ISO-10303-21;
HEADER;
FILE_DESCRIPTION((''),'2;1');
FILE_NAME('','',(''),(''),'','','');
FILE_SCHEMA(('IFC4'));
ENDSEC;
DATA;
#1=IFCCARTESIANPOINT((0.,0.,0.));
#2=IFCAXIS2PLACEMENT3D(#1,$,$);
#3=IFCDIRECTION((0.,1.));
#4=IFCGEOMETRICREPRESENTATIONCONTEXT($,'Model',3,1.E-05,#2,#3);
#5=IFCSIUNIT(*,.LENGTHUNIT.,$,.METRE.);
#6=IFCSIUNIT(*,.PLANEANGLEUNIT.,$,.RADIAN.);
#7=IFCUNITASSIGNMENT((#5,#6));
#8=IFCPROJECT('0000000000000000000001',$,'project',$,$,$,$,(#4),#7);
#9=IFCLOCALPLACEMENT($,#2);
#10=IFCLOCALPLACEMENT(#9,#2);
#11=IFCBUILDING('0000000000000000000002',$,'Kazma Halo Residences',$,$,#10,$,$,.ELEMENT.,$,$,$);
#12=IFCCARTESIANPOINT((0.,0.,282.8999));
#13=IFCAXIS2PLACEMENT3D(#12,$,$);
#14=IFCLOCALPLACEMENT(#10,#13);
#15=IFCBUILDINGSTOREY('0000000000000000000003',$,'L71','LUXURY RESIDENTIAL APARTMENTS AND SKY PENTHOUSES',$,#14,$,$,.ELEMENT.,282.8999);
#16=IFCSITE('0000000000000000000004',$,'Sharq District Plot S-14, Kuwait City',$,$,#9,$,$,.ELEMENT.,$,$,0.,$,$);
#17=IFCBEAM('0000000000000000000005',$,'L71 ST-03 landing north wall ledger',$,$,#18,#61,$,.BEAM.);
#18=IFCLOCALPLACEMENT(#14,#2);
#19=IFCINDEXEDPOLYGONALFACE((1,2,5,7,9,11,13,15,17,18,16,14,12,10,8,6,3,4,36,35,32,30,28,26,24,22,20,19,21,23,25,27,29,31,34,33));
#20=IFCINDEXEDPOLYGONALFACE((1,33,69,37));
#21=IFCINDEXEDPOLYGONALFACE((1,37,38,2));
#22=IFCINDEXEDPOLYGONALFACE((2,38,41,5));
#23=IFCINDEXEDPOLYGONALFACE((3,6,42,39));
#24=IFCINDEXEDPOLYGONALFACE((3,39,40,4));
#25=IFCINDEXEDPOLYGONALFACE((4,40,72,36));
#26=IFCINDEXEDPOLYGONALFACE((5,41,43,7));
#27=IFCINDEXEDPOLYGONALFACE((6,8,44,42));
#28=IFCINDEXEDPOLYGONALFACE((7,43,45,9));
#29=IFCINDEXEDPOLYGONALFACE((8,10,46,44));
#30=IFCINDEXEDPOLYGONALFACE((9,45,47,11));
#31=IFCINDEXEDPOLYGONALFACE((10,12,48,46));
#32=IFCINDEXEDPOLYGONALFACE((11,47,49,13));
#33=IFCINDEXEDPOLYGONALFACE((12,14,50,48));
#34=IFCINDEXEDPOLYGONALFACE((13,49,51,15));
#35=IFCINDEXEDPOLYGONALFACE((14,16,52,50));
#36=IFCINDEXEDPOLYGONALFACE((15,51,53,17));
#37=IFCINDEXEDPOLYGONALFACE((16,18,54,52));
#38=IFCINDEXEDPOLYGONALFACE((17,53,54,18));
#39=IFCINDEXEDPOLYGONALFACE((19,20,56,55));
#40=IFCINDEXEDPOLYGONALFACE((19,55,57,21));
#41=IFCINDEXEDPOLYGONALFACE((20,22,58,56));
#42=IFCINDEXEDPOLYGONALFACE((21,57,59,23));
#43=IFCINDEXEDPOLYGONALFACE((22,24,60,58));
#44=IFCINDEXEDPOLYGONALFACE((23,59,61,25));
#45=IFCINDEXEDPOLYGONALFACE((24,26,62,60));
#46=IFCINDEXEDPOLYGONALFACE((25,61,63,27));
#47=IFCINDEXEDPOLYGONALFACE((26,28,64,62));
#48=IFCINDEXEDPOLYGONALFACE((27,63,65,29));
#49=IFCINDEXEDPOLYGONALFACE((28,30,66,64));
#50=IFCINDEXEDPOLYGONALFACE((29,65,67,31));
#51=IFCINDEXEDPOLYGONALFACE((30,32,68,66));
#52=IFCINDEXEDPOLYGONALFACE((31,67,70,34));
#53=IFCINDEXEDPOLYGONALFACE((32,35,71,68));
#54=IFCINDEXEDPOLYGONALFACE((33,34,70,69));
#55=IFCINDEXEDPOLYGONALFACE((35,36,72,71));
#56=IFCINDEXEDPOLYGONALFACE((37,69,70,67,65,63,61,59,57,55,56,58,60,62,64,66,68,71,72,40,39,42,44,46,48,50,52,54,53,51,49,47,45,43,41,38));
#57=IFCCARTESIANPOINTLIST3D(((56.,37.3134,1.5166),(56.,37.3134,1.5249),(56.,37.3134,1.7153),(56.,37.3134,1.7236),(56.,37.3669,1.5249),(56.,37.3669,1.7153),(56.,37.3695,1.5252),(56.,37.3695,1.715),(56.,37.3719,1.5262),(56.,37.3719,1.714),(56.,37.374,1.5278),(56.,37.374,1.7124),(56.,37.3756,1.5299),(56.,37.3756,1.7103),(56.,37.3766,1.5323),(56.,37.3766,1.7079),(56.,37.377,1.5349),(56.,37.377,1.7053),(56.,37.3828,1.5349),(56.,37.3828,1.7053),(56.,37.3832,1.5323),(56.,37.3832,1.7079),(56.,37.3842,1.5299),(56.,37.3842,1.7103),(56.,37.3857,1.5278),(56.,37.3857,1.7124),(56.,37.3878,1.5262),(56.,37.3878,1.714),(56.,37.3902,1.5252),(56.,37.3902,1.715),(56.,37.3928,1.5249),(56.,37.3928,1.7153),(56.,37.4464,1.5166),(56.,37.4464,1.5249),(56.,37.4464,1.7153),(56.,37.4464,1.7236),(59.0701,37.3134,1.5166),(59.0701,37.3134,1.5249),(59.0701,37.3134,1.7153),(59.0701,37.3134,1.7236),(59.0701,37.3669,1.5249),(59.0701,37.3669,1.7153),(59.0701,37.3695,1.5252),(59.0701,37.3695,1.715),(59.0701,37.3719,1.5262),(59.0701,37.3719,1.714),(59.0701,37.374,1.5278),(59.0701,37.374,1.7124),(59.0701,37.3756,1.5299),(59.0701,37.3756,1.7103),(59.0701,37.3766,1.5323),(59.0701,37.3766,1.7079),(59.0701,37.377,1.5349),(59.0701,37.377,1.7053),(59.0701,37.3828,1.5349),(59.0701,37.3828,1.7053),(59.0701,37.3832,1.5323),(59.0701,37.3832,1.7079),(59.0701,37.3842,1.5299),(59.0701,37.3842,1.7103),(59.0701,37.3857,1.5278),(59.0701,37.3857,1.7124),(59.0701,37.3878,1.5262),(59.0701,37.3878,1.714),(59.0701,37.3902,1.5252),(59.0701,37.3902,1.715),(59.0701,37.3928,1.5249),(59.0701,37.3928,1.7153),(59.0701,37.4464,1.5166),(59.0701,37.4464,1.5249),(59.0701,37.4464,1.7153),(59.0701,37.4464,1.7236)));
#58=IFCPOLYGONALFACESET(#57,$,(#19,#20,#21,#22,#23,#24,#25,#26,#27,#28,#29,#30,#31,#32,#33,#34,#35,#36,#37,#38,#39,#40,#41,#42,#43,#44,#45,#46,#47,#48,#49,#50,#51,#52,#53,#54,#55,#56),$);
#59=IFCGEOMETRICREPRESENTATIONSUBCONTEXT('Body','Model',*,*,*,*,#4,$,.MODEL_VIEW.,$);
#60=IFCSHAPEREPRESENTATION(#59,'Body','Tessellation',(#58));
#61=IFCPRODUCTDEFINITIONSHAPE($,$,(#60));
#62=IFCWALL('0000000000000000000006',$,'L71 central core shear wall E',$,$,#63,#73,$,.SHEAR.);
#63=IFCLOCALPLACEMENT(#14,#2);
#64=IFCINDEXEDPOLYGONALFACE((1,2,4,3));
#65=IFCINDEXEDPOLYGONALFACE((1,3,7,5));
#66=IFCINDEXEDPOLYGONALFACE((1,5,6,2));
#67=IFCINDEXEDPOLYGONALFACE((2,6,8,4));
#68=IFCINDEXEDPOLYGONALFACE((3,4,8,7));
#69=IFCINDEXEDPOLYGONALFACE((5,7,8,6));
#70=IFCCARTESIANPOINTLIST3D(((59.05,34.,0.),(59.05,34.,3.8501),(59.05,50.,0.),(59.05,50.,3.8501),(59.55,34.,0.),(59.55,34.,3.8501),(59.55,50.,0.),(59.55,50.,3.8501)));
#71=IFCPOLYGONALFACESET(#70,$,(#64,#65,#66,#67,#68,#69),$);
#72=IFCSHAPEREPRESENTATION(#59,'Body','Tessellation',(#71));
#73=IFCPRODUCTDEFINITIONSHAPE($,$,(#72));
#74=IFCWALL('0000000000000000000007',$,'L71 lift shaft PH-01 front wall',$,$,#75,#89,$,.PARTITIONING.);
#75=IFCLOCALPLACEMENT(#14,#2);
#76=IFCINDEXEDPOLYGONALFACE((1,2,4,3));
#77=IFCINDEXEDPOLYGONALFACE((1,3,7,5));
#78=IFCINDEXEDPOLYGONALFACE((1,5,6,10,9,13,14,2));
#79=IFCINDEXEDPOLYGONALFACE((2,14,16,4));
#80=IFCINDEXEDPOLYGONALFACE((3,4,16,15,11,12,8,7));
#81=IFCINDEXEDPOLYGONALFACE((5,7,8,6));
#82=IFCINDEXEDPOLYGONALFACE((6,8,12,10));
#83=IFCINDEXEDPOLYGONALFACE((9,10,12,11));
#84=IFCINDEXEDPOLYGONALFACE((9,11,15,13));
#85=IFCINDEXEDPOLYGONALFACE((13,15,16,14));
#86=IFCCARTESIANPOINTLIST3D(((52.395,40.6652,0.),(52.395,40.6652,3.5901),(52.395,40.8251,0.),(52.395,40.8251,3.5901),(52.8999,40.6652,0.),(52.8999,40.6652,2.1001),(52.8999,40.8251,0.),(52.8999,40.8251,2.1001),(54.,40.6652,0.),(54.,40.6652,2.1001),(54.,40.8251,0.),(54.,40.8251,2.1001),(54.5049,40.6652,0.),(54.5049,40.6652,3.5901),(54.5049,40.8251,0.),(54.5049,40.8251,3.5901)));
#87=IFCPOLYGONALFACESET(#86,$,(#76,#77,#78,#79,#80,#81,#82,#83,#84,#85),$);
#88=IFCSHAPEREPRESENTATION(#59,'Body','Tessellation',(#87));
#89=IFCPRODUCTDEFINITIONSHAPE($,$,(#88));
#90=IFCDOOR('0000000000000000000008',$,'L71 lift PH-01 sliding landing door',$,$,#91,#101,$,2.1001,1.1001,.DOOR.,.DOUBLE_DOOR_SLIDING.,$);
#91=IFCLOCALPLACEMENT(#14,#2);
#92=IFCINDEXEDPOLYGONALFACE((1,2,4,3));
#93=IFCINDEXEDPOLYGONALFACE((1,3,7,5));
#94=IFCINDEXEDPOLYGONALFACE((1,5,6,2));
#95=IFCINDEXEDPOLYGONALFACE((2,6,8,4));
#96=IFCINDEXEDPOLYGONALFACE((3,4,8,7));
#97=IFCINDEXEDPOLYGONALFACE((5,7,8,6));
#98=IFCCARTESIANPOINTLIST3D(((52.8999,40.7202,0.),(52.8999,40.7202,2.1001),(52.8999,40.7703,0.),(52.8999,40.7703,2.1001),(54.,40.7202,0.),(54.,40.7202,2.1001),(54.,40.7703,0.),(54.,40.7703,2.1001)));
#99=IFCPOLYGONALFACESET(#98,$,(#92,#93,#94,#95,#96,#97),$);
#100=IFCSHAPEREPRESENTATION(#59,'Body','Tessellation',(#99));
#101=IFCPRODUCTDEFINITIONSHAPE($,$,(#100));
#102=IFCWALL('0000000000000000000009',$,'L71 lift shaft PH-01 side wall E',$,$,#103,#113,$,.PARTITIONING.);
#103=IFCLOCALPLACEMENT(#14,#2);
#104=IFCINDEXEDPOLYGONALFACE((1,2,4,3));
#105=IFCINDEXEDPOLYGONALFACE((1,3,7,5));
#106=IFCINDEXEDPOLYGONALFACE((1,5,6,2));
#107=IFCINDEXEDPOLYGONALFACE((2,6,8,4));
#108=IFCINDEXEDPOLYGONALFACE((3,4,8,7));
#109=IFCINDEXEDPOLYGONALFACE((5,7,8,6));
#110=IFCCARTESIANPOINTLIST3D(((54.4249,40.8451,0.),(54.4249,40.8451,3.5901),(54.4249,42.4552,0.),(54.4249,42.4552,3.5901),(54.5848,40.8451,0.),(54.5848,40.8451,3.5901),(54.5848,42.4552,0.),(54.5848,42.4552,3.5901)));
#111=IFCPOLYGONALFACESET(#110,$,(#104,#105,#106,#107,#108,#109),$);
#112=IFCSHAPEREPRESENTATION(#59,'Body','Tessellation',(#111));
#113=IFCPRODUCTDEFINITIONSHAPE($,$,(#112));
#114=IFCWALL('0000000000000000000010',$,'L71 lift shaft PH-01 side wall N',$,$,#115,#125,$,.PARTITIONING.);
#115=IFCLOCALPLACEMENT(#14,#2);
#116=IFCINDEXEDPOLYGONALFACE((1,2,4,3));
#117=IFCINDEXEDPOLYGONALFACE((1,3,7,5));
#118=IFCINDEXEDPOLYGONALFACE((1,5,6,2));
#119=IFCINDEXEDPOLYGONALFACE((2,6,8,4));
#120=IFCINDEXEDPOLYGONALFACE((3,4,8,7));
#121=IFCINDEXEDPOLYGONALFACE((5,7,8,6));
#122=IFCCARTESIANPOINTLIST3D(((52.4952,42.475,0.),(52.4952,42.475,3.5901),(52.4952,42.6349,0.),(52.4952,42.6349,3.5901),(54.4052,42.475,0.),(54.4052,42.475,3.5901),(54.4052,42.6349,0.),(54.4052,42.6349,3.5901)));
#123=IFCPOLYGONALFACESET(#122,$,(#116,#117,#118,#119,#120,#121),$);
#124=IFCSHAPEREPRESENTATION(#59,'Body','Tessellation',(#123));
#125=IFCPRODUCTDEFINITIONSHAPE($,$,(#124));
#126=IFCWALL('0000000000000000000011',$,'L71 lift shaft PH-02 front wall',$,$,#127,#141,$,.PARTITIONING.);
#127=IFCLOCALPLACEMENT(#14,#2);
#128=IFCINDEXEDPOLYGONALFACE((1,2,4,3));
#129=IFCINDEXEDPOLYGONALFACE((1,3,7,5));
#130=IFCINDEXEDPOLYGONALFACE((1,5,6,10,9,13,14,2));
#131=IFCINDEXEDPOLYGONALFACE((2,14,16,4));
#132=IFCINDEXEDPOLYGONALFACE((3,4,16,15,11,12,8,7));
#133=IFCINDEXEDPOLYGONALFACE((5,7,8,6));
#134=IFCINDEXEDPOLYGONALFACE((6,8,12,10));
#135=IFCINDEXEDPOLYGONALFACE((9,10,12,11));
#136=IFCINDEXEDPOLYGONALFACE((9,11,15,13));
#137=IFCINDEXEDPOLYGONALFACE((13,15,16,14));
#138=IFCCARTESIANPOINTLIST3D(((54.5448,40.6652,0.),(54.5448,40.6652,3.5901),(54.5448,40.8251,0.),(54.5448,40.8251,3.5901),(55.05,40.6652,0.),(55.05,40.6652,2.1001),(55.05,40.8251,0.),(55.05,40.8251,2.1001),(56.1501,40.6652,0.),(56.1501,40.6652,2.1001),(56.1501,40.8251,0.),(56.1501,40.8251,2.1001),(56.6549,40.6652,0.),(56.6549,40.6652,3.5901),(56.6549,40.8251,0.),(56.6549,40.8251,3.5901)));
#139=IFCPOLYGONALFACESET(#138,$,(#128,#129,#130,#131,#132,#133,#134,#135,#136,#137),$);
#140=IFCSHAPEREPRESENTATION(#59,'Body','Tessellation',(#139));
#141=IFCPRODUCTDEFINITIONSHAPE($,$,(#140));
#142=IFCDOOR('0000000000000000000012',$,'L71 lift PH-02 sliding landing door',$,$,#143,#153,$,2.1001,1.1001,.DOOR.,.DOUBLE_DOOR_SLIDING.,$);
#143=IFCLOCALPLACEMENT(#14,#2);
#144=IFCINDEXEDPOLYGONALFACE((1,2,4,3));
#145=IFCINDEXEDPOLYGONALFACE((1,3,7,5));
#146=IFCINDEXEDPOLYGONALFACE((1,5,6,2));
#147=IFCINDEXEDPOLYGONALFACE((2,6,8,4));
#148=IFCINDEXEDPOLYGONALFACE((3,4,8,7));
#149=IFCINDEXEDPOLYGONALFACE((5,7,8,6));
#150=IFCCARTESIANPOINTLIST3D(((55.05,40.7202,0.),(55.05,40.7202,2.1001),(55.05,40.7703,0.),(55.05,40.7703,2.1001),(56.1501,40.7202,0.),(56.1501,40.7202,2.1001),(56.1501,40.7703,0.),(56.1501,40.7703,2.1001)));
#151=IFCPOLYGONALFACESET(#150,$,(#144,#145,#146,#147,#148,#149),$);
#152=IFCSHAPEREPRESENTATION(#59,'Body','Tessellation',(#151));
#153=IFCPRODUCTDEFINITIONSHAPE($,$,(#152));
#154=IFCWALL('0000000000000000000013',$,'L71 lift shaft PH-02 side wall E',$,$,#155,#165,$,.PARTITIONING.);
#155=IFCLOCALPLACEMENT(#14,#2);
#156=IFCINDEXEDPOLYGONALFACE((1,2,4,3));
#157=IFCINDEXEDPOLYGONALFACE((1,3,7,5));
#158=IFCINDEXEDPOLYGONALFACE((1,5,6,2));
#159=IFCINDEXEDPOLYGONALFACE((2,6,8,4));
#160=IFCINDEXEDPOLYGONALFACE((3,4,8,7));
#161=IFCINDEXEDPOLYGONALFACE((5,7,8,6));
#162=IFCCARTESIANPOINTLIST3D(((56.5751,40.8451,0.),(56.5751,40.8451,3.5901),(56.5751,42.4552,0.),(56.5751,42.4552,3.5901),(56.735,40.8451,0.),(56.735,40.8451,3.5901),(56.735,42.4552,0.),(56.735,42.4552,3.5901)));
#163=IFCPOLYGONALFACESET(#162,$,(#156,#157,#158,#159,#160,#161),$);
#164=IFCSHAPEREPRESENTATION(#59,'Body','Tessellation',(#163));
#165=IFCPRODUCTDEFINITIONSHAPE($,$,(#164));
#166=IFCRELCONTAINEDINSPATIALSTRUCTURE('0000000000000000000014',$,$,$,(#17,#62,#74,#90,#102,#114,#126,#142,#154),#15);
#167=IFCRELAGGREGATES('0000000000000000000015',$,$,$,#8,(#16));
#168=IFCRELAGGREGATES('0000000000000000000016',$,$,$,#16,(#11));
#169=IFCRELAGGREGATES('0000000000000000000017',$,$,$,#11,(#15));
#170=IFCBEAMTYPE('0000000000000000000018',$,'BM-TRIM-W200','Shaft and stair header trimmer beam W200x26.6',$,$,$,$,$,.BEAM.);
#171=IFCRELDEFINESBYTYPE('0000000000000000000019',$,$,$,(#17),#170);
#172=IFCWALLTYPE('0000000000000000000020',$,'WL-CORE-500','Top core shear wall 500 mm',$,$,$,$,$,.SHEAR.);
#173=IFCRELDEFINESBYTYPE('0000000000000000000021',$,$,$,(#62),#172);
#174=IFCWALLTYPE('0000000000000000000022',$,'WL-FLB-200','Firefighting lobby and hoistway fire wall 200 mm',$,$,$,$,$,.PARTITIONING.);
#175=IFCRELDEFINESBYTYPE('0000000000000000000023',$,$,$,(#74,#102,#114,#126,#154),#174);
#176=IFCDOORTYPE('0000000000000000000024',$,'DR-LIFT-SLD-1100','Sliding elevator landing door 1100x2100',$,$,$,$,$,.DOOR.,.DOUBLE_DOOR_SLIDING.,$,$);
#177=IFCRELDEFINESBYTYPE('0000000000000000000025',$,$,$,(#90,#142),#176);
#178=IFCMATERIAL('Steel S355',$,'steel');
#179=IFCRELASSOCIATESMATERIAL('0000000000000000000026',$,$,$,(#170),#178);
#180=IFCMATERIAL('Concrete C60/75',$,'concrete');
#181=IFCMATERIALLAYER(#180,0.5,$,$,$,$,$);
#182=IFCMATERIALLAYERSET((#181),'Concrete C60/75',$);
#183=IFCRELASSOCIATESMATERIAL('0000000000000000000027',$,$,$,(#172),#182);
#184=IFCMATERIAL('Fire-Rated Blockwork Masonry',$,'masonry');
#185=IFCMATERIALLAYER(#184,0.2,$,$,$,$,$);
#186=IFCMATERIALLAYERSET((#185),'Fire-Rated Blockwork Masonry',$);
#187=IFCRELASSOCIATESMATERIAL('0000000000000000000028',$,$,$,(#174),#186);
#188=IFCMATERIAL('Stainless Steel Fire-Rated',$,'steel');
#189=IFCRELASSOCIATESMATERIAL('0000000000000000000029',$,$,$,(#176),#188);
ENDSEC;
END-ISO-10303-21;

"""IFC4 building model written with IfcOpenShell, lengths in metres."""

from ifc_helpers import new_model, si_unit, direction, frame, frame_2d, origin, origin_2d, place, context, subcontext, project, spatial, rectangle, i_section, extrude, material, layer, layer_set, material_profile, profile_set, type_object, element, fill, save


model = new_model("IFC4")

# Units and contexts
model_context = context("Model", 3, precision=1e-05, world=origin(), true_north=direction((0.0, 1.0)))
body_context = subcontext(model_context, "Body", "Model", "MODEL_VIEW")
ifc_project = project(units=[si_unit("LENGTHUNIT", "METRE"), si_unit("PLANEANGLEUNIT", "RADIAN")], contexts=[model_context])

# Site, building, storey
site_placement = place(None, origin())
site = spatial("IfcSite", under=ifc_project, at=site_placement, Name="Sharq District Plot S-14, Kuwait City", CompositionType="ELEMENT", RefElevation=0.0)
building_placement = place(site_placement, origin())
building = spatial("IfcBuilding", under=site, at=building_placement, Name="Kazma Halo Residences", CompositionType="ELEMENT")
storey_placement = place(building_placement, frame((0.0, 0.0, 282.8999)))
storey = spatial("IfcBuildingStorey", under=building, at=storey_placement, Name="L71", Description="LUXURY RESIDENTIAL APARTMENTS AND SKY PENTHOUSES", CompositionType="ELEMENT", Elevation=282.8999)

# Shared definitions
ifc_material_1 = material(Name="Steel S355", Category="steel")

# Beam
ifc_material_profile_1 = material_profile(ifc_material_1, i_section(OverallWidth=0.1331, OverallDepth=0.207, WebThickness=0.0059, FlangeThickness=0.0083, FilletRadius=0.01, at=origin_2d()), Name="W200x26.6")
ifc_profile_set_1 = profile_set([ifc_material_profile_1], Name="Steel S355")
beam_type_1 = type_object("IfcBeamType", Name="BM-TRIM-W200", Description="Shaft and stair header trimmer beam W200x26.6", PredefinedType="BEAM", material=ifc_profile_set_1)
beam_1_placement = place(storey_placement, frame((56.0, 37.3799, 1.6201), z_axis=(1.0, 0.0, 0.0), x_axis=(0.0, 1.0, 0.0)))
element("IfcBeam", 1, at=beam_1_placement, inside=storey, type_object=beam_type_1, Name="L71 ST-03 landing north wall ledger", PredefinedType="BEAM", context=body_context, shape_type="SweptSolid", body=[
    extrude(i_section(OverallWidth=0.1331, OverallDepth=0.207, WebThickness=0.0059, FlangeThickness=0.0083, FilletRadius=0.01, at=origin_2d()), origin(), (0.0, 0.0, 1.0), 3.0701),
])

# Wall
ifc_material_2 = material(Name="Concrete C60/75", Category="concrete")
ifc_layer_1 = layer(ifc_material_2, 0.5)
ifc_layer_set_1 = layer_set([ifc_layer_1], Name="Concrete C60/75")
wall_type_1 = type_object("IfcWallType", Name="WL-CORE-500", Description="Top core shear wall 500 mm", PredefinedType="SHEAR", material=ifc_layer_set_1)
wall_1_placement = place(storey_placement, frame((59.3, 34.0, 0.0), z_axis=(0.0, 0.0, 1.0), x_axis=(0.0, 1.0, 0.0)))
element("IfcWall", 2, at=wall_1_placement, inside=storey, type_object=wall_type_1, Name="L71 central core shear wall E", PredefinedType="SHEAR", context=body_context, shape_type="SweptSolid", body=[
    extrude(rectangle(XDim=16.0, YDim=0.5, at=frame_2d((8.0, 0.0))), origin(), (0.0, 0.0, 1.0), 3.8501),
])

# Wall, opening, door
ifc_material_3 = material(Name="Fire-Rated Blockwork Masonry", Category="masonry")
ifc_layer_2 = layer(ifc_material_3, 0.2)
ifc_layer_set_2 = layer_set([ifc_layer_2], Name="Fire-Rated Blockwork Masonry")
wall_type_2 = type_object("IfcWallType", Name="WL-FLB-200", Description="Firefighting lobby and hoistway fire wall 200 mm", PredefinedType="PARTITIONING", material=ifc_layer_set_2)
wall_2_placement = place(storey_placement, frame((54.5049, 40.7451, 0.0), z_axis=(0.0, 0.0, 1.0), x_axis=(-1.0, 0.0, 0.0)))
wall_2 = element("IfcWall", 3, at=wall_2_placement, inside=storey, type_object=wall_type_2, Name="L71 lift shaft PH-01 front wall", PredefinedType="PARTITIONING", context=body_context, shape_type="SweptSolid", body=[
    extrude(rectangle(XDim=2.1099, YDim=0.1599, at=frame_2d((1.0549, 0.0))), origin(), (0.0, 0.0, 1.0), 3.5901),
])
opening_1_placement = place(wall_2_placement, frame((0.5049, 0.0, 0.0)))
opening_1 = element("IfcOpeningElement", 4, at=opening_1_placement, cuts=wall_2, PredefinedType="OPENING", context=body_context, shape_type="SweptSolid", body=[
    extrude(rectangle(XDim=1.1001, YDim=2.1001, at=frame_2d((0.55, 1.05))), frame((0.0, 0.0898, 0.0), z_axis=(0.0, -1.0, 0.0), x_axis=(1.0, 0.0, 0.0)), (0.0, 0.0, 1.0), 0.1799),
])
ifc_material_4 = material(Name="Stainless Steel Fire-Rated", Category="steel")
door_type_1 = type_object("IfcDoorType", Name="DR-LIFT-SLD-1100", Description="Sliding elevator landing door 1100x2100", OperationType="DOUBLE_DOOR_SLIDING", PredefinedType="DOOR", material=ifc_material_4)
door_1_placement = place(opening_1_placement, origin())
door_1 = element("IfcDoor", 5, at=door_1_placement, inside=storey, type_object=door_type_1, Name="L71 lift PH-01 sliding landing door", OperationType="DOUBLE_DOOR_SLIDING", OverallHeight=2.1001, OverallWidth=1.1001, PredefinedType="DOOR", context=body_context, shape_type="SweptSolid", body=[
    extrude(rectangle(XDim=1.1001, YDim=2.1001, at=frame_2d((0.55, 1.05))), frame((0.0, 0.0249, 0.0), z_axis=(0.0, -1.0, 0.0), x_axis=(1.0, 0.0, 0.0)), (0.0, 0.0, 1.0), 0.05),
])
fill(opening_1, door_1)

# Walls
wall_3_placement = place(storey_placement, frame((54.5049, 40.845, 0.0), z_axis=(0.0, 0.0, 1.0), x_axis=(0.0, 1.0, 0.0)))
element("IfcWall", 6, at=wall_3_placement, inside=storey, type_object=wall_type_2, Name="L71 lift shaft PH-01 side wall E", PredefinedType="PARTITIONING", context=body_context, shape_type="SweptSolid", body=[
    extrude(rectangle(XDim=1.6101, YDim=0.1599, at=frame_2d((0.8052, 0.0))), origin(), (0.0, 0.0, 1.0), 3.5901),
])
wall_4_placement = place(storey_placement, frame((52.4951, 42.5549, 0.0), z_axis=(0.0, 0.0, 1.0), x_axis=(1.0, 0.0, 0.0)))
element("IfcWall", 7, at=wall_4_placement, inside=storey, type_object=wall_type_2, Name="L71 lift shaft PH-01 side wall N", PredefinedType="PARTITIONING", context=body_context, shape_type="SweptSolid", body=[
    extrude(rectangle(XDim=1.9099, YDim=0.1599, at=frame_2d((0.9551, 0.0))), origin(), (0.0, 0.0, 1.0), 3.5901),
])

# Wall, opening, door
wall_5_placement = place(storey_placement, frame((56.655, 40.7451, 0.0), z_axis=(0.0, 0.0, 1.0), x_axis=(-1.0, 0.0, 0.0)))
wall_5 = element("IfcWall", 8, at=wall_5_placement, inside=storey, type_object=wall_type_2, Name="L71 lift shaft PH-02 front wall", PredefinedType="PARTITIONING", context=body_context, shape_type="SweptSolid", body=[
    extrude(rectangle(XDim=2.1101, YDim=0.1599, at=frame_2d((1.0552, 0.0))), origin(), (0.0, 0.0, 1.0), 3.5901),
])
opening_2_placement = place(wall_5_placement, frame((0.5049, 0.0, 0.0)))
opening_2 = element("IfcOpeningElement", 9, at=opening_2_placement, cuts=wall_5, PredefinedType="OPENING", context=body_context, shape_type="SweptSolid", body=[
    extrude(rectangle(XDim=1.1001, YDim=2.1001, at=frame_2d((0.55, 1.05))), frame((0.0, 0.0898, 0.0), z_axis=(0.0, -1.0, 0.0), x_axis=(1.0, 0.0, 0.0)), (0.0, 0.0, 1.0), 0.1799),
])
door_2_placement = place(opening_2_placement, origin())
door_2 = element("IfcDoor", 10, at=door_2_placement, inside=storey, type_object=door_type_1, Name="L71 lift PH-02 sliding landing door", OperationType="DOUBLE_DOOR_SLIDING", OverallHeight=2.1001, OverallWidth=1.1001, PredefinedType="DOOR", context=body_context, shape_type="SweptSolid", body=[
    extrude(rectangle(XDim=1.1001, YDim=2.1001, at=frame_2d((0.55, 1.05))), frame((0.0, 0.0249, 0.0), z_axis=(0.0, -1.0, 0.0), x_axis=(1.0, 0.0, 0.0)), (0.0, 0.0, 1.0), 0.05),
])
fill(opening_2, door_2)

# Wall
wall_6_placement = place(storey_placement, frame((56.655, 40.845, 0.0), z_axis=(0.0, 0.0, 1.0), x_axis=(0.0, 1.0, 0.0)))
element("IfcWall", 11, at=wall_6_placement, inside=storey, type_object=wall_type_2, Name="L71 lift shaft PH-02 side wall E", PredefinedType="PARTITIONING", context=body_context, shape_type="SweptSolid", body=[
    extrude(rectangle(XDim=1.6101, YDim=0.1599, at=frame_2d((0.8052, 0.0))), origin(), (0.0, 0.0, 1.0), 3.5901),
])

save(model, "model.ifc")
